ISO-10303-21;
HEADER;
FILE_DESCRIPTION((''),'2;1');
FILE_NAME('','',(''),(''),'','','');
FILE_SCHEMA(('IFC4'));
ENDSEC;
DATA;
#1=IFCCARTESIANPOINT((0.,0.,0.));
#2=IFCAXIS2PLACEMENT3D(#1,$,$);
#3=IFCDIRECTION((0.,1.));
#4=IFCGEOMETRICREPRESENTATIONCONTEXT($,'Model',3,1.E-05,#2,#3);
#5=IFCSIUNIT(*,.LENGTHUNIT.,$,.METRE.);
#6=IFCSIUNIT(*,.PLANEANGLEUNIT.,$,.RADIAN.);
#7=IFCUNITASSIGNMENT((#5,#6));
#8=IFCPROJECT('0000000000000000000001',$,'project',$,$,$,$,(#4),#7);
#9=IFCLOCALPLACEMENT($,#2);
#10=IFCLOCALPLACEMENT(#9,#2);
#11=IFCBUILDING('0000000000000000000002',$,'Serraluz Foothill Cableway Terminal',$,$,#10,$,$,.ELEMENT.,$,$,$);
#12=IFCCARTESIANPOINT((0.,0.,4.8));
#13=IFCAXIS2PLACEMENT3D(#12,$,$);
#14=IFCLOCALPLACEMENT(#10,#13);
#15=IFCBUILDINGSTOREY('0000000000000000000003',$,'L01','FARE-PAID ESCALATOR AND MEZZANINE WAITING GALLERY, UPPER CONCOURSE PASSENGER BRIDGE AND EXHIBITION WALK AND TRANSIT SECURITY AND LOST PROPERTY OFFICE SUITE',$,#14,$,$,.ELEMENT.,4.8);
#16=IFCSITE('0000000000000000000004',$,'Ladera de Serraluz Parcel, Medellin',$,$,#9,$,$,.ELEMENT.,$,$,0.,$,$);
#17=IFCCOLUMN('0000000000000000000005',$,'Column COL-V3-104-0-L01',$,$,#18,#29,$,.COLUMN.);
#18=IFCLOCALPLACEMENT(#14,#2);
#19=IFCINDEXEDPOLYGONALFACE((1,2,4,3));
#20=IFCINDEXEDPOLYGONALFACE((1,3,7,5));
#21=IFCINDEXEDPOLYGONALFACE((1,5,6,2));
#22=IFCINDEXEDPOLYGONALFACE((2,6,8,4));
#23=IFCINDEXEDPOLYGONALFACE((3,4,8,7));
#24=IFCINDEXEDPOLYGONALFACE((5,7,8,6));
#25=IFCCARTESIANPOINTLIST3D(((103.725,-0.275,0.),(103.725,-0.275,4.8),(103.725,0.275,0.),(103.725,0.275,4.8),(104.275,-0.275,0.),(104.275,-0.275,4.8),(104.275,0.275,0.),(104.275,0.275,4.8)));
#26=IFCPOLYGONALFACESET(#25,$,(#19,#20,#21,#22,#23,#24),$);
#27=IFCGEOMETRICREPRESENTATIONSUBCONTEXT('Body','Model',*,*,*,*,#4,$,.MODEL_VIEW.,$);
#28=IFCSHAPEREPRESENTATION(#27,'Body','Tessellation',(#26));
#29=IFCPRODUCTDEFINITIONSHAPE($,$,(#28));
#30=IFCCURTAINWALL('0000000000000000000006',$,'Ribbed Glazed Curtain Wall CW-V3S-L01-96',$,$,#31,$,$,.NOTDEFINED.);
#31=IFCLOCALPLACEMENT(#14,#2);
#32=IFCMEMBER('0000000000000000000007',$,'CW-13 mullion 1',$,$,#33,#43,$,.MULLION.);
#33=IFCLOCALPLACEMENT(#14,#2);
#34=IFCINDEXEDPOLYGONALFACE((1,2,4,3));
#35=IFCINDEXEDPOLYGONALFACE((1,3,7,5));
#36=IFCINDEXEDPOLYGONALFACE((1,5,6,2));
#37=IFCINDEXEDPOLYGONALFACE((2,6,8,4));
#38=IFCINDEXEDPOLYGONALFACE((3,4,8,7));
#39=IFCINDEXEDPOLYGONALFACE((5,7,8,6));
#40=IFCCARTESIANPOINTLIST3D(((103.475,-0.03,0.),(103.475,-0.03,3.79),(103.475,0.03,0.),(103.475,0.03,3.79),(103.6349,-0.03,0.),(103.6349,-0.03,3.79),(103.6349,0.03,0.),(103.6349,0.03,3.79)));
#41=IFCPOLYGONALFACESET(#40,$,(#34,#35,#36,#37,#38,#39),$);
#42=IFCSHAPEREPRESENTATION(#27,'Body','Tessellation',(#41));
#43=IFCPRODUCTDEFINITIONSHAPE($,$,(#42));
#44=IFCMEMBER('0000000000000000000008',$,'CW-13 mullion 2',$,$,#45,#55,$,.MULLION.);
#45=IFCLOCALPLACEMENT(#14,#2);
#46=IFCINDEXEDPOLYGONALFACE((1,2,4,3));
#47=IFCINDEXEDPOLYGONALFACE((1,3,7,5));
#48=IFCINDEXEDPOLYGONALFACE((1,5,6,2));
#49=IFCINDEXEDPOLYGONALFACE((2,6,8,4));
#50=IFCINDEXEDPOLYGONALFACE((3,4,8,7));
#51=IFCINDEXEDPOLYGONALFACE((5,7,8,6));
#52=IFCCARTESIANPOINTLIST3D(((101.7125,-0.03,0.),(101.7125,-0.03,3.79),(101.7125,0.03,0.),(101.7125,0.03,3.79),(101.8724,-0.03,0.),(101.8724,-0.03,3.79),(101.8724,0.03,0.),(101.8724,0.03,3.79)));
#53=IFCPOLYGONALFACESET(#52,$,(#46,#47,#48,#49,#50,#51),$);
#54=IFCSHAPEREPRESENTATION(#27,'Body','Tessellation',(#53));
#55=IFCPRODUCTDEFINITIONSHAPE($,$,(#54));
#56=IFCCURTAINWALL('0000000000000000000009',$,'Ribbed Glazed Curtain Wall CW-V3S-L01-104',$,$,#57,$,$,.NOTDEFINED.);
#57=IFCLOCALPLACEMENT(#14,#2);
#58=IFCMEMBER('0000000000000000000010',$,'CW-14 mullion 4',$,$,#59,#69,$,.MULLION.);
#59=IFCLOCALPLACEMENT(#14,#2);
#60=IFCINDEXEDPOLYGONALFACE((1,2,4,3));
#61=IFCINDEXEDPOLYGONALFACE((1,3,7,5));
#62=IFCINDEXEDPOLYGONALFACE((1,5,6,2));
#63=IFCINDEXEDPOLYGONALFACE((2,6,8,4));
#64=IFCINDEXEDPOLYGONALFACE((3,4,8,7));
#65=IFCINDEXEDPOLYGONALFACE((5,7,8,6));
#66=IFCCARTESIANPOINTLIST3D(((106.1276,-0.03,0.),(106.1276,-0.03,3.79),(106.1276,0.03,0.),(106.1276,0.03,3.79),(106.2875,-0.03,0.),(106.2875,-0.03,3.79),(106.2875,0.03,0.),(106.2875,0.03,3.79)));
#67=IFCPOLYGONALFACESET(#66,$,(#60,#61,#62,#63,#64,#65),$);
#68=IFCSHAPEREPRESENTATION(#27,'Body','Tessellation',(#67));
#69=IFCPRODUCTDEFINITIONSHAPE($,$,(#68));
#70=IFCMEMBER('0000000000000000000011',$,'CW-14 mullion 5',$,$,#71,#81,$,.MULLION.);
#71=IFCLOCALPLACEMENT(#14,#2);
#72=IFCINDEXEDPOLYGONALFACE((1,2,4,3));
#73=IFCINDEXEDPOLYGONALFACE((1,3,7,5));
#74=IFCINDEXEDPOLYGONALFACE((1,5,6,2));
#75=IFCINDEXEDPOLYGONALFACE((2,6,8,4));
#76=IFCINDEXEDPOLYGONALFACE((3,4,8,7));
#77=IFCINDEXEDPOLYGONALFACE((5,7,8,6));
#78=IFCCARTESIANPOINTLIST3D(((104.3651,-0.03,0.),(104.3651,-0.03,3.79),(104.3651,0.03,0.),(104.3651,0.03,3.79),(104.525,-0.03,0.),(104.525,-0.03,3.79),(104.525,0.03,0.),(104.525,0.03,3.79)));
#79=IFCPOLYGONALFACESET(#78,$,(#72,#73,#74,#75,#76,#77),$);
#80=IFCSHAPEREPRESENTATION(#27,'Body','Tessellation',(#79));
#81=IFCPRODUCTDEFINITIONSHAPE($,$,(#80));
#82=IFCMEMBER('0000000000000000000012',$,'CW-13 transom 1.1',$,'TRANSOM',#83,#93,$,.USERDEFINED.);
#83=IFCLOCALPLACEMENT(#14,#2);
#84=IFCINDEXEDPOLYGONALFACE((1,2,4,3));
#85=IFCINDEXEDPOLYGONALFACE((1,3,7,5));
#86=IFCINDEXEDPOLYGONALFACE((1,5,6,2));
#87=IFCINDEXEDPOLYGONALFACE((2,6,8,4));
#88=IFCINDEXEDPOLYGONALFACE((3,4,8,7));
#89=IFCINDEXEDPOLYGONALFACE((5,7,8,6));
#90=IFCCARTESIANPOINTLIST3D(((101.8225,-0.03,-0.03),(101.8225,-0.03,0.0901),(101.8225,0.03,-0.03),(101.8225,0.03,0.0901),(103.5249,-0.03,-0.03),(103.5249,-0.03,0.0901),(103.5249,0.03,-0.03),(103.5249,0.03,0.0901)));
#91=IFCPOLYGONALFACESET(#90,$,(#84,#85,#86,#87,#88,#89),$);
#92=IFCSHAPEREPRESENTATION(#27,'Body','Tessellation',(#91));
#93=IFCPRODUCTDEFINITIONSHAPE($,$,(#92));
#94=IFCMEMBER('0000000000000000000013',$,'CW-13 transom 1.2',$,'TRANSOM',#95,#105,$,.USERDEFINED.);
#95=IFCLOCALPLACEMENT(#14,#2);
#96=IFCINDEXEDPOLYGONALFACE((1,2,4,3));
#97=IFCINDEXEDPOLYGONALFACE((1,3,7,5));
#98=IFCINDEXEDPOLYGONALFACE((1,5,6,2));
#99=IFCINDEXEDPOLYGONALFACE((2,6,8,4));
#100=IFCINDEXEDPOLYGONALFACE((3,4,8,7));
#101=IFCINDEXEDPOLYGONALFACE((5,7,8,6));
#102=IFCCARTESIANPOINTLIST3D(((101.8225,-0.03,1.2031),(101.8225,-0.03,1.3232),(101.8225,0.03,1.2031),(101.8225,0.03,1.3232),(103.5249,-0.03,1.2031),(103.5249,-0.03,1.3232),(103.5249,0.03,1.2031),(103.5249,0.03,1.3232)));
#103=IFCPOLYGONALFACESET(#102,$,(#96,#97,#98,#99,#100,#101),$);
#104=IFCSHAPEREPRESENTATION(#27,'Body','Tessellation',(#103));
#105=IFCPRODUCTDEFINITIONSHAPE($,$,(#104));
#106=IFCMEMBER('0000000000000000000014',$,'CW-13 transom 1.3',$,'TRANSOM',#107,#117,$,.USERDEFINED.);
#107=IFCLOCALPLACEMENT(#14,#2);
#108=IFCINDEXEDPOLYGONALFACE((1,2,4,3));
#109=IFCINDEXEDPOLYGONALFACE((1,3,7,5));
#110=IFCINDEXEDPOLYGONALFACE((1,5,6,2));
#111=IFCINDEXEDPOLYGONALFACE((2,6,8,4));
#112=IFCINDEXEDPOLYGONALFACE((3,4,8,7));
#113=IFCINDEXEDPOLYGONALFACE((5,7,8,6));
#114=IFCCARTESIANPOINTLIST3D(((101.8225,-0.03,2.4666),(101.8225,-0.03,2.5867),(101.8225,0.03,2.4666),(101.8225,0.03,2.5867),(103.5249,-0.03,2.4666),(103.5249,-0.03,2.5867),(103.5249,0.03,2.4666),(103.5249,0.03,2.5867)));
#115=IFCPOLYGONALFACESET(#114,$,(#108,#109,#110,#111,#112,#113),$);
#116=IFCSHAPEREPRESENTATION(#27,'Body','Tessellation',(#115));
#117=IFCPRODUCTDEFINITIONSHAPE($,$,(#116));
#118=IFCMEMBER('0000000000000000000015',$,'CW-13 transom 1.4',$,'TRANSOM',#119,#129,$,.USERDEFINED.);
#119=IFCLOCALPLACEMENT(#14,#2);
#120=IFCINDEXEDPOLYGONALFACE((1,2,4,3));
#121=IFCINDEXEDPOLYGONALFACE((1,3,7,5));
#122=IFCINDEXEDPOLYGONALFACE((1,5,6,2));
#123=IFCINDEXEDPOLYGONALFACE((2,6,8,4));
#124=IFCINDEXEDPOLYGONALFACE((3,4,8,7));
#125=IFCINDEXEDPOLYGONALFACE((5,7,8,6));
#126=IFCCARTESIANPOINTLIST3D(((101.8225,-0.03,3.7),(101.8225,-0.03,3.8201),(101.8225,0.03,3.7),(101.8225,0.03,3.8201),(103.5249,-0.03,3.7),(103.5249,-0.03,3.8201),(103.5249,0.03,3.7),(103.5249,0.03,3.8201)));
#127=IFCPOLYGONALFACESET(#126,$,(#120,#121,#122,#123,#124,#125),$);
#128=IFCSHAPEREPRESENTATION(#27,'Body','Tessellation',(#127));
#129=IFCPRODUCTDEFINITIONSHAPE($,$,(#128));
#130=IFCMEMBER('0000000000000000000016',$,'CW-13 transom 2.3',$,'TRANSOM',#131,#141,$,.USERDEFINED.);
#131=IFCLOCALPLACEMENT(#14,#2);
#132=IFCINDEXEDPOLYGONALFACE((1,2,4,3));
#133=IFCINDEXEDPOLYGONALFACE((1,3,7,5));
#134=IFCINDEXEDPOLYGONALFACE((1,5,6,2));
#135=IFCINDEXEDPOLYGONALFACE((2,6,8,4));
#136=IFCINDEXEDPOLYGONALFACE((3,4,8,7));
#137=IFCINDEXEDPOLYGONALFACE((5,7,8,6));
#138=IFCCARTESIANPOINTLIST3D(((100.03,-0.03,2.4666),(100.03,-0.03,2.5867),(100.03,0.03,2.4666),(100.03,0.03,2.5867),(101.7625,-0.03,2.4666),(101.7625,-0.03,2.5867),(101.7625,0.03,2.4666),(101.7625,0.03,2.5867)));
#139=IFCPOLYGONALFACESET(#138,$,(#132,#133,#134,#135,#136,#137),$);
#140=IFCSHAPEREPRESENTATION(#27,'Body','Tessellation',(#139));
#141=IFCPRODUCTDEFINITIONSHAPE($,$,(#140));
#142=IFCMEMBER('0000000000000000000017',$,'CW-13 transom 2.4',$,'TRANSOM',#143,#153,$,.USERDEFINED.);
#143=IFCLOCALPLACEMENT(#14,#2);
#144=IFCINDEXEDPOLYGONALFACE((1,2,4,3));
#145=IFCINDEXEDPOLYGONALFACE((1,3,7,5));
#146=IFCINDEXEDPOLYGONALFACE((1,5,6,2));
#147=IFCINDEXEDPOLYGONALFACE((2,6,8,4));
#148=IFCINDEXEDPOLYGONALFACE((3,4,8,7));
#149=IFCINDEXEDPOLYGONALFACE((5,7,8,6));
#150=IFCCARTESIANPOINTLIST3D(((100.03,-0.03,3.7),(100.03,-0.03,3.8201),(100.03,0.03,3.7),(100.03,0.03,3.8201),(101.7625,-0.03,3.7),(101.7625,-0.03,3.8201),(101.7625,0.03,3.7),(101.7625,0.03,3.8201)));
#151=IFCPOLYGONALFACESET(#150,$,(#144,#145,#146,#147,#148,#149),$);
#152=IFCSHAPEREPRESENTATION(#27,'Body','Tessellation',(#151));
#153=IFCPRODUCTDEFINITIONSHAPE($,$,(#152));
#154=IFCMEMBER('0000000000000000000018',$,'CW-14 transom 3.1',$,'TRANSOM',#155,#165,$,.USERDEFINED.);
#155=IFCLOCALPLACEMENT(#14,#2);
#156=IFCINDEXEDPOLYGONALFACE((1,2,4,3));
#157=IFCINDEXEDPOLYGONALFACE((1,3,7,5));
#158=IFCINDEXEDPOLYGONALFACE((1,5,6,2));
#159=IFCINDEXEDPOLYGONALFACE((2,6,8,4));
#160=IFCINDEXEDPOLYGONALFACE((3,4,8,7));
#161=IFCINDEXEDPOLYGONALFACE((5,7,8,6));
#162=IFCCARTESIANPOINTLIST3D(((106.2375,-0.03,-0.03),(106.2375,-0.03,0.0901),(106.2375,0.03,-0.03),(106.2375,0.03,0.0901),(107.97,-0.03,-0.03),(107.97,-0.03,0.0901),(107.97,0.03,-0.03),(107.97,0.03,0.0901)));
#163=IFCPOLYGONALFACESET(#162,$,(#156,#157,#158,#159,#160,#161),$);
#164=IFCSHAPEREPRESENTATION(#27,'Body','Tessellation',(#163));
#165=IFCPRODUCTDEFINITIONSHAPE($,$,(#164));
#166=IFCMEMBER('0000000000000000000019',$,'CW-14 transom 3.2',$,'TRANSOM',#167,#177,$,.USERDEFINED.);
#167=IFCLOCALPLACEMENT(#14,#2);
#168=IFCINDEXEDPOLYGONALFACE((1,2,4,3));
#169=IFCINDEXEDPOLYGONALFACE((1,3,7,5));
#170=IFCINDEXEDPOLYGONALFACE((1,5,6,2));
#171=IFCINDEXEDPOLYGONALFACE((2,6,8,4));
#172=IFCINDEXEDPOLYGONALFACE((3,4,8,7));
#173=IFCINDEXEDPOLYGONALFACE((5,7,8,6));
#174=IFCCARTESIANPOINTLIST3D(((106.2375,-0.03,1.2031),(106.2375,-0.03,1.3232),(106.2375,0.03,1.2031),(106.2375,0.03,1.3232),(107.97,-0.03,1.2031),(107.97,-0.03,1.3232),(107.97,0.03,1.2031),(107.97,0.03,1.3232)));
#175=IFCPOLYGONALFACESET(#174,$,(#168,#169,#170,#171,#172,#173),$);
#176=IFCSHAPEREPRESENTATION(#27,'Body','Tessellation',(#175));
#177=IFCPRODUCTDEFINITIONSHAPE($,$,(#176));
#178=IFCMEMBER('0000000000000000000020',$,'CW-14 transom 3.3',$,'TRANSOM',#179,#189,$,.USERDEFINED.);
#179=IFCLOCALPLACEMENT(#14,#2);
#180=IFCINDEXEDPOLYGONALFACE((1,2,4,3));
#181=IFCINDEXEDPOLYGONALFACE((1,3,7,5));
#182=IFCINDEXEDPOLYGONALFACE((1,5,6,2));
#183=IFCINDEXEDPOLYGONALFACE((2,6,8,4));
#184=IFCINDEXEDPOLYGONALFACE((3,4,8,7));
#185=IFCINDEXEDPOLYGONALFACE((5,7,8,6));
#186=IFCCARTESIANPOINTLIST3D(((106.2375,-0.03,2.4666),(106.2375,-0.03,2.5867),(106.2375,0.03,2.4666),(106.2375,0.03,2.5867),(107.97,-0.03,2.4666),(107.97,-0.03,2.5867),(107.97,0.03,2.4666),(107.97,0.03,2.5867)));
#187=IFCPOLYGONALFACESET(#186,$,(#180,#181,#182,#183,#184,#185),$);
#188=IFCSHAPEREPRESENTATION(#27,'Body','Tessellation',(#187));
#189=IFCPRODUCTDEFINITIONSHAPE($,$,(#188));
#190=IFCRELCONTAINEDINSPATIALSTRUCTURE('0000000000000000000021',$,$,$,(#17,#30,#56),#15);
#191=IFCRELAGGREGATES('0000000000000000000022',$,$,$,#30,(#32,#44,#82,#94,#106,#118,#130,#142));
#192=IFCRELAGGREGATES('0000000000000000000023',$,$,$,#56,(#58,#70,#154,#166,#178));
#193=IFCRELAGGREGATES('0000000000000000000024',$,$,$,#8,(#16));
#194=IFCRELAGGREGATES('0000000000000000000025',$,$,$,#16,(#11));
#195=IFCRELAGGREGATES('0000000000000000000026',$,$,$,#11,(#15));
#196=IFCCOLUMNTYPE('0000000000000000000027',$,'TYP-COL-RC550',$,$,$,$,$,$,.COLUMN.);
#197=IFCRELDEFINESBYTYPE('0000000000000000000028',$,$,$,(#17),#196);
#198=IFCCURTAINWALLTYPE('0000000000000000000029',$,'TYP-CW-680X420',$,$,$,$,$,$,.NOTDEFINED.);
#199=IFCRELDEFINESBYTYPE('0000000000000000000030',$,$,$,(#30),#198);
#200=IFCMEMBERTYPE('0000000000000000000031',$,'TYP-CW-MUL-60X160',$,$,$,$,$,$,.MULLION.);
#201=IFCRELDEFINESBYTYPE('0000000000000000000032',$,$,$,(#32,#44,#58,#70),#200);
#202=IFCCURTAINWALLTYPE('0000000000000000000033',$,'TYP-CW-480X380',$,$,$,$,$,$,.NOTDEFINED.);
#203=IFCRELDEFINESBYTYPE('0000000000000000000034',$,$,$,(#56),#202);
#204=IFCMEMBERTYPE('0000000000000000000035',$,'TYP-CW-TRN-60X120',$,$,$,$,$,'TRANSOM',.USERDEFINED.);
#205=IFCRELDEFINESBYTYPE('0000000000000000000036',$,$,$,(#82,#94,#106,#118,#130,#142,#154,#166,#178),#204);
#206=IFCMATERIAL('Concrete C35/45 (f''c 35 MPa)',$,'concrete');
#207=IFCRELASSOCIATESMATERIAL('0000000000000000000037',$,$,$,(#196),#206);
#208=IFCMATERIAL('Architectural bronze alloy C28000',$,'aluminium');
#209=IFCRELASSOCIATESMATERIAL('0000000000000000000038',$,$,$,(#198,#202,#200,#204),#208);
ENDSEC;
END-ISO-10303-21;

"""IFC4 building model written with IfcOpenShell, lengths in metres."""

from ifc_helpers import new_model, si_unit, direction, frame, origin, origin_2d, place, context, subcontext, project, spatial, rectangle, extrude, material, material_profile, profile_set, type_object, element, aggregate, save


model = new_model("IFC4")

# Units and contexts
model_context = context("Model", 3, precision=1e-05, world=origin(), true_north=direction((0.0, 1.0)))
body_context = subcontext(model_context, "Body", "Model", "MODEL_VIEW")
ifc_project = project(units=[si_unit("LENGTHUNIT", "METRE"), si_unit("PLANEANGLEUNIT", "RADIAN")], contexts=[model_context])

# Site, building, storey
site_placement = place(None, origin())
site = spatial("IfcSite", under=ifc_project, at=site_placement, Name="Ladera de Serraluz Parcel, Medellin", CompositionType="ELEMENT", RefElevation=0.0)
building_placement = place(site_placement, origin())
building = spatial("IfcBuilding", under=site, at=building_placement, Name="Serraluz Foothill Cableway Terminal", CompositionType="ELEMENT")
storey_placement = place(building_placement, frame((0.0, 0.0, 4.8)))
storey = spatial("IfcBuildingStorey", under=building, at=storey_placement, Name="L01", Description="FARE-PAID ESCALATOR AND MEZZANINE WAITING GALLERY, UPPER CONCOURSE PASSENGER BRIDGE AND EXHIBITION WALK AND TRANSIT SECURITY AND LOST PROPERTY OFFICE SUITE", CompositionType="ELEMENT", Elevation=4.8)

# Column
ifc_material_1 = material(Name="Concrete C35/45 (f'c 35 MPa)", Category="concrete")
ifc_material_profile_1 = material_profile(ifc_material_1, rectangle(XDim=0.55, YDim=0.55, at=origin_2d()), Name="RC 550x550")
ifc_profile_set_1 = profile_set([ifc_material_profile_1], Name="Concrete C35/45 (f'c 35 MPa)")
column_type = type_object("IfcColumnType", Name="TYP-COL-RC550", PredefinedType="COLUMN", material=ifc_profile_set_1)
column_placement = place(storey_placement, frame((104.0, 0.0, 0.0), z_axis=(0.0, 0.0, 1.0), x_axis=(1.0, 0.0, 0.0)))
element("IfcColumn", 1, at=column_placement, inside=storey, type_object=column_type, Name="Column COL-V3-104-0-L01", PredefinedType="COLUMN", context=body_context, shape_type="SweptSolid", body=[
    extrude(rectangle(XDim=0.55, YDim=0.55, at=origin_2d()), origin(), (0.0, 0.0, 1.0), 4.8),
])

# Curtain walls, members
ifc_material_2 = material(Name="Architectural bronze alloy C28000", Category="aluminium")
curtain_wall_type_1 = type_object("IfcCurtainWallType", Name="TYP-CW-680X420", PredefinedType="NOTDEFINED", material=ifc_material_2)
curtain_wall_1_placement = place(storey_placement, origin())
curtain_wall_1 = element("IfcCurtainWall", 2, at=curtain_wall_1_placement, inside=storey, type_object=curtain_wall_type_1, Name="Ribbed Glazed Curtain Wall CW-V3S-L01-96", PredefinedType="NOTDEFINED")
ifc_material_profile_2 = material_profile(ifc_material_2, rectangle(XDim=0.0601, YDim=0.1599, at=origin_2d()), Name="ALU MULLION 60x160")
ifc_profile_set_2 = profile_set([ifc_material_profile_2], Name="Architectural bronze alloy C28000")
member_type_1 = type_object("IfcMemberType", Name="TYP-CW-MUL-60X160", PredefinedType="MULLION", material=ifc_profile_set_2)
member_1_placement = place(storey_placement, frame((103.5549, 0.0, 0.0), z_axis=(0.0, 0.0, 1.0), x_axis=(0.0, -1.0, 0.0)))
member_1 = element("IfcMember", 3, at=member_1_placement, type_object=member_type_1, Name="CW-13 mullion 1", PredefinedType="MULLION", context=body_context, shape_type="SweptSolid", body=[
    extrude(rectangle(XDim=0.0601, YDim=0.1599, at=origin_2d()), origin(), (0.0, 0.0, 1.0), 3.79),
])
member_2_placement = place(storey_placement, frame((101.7925, 0.0, 0.0), z_axis=(0.0, 0.0, 1.0), x_axis=(0.0, -1.0, 0.0)))
member_2 = element("IfcMember", 4, at=member_2_placement, type_object=member_type_1, Name="CW-13 mullion 2", PredefinedType="MULLION", context=body_context, shape_type="SweptSolid", body=[
    extrude(rectangle(XDim=0.0601, YDim=0.1599, at=origin_2d()), origin(), (0.0, 0.0, 1.0), 3.79),
])
curtain_wall_type_2 = type_object("IfcCurtainWallType", Name="TYP-CW-480X380", PredefinedType="NOTDEFINED", material=ifc_material_2)
curtain_wall_2_placement = place(storey_placement, origin())
curtain_wall_2 = element("IfcCurtainWall", 5, at=curtain_wall_2_placement, inside=storey, type_object=curtain_wall_type_2, Name="Ribbed Glazed Curtain Wall CW-V3S-L01-104", PredefinedType="NOTDEFINED")
member_3_placement = place(storey_placement, frame((106.2075, 0.0, 0.0), z_axis=(0.0, 0.0, 1.0), x_axis=(0.0, -1.0, 0.0)))
member_3 = element("IfcMember", 6, at=member_3_placement, type_object=member_type_1, Name="CW-14 mullion 4", PredefinedType="MULLION", context=body_context, shape_type="SweptSolid", body=[
    extrude(rectangle(XDim=0.0601, YDim=0.1599, at=origin_2d()), origin(), (0.0, 0.0, 1.0), 3.79),
])
member_4_placement = place(storey_placement, frame((104.4451, 0.0, 0.0), z_axis=(0.0, 0.0, 1.0), x_axis=(0.0, -1.0, 0.0)))
member_4 = element("IfcMember", 7, at=member_4_placement, type_object=member_type_1, Name="CW-14 mullion 5", PredefinedType="MULLION", context=body_context, shape_type="SweptSolid", body=[
    extrude(rectangle(XDim=0.0601, YDim=0.1599, at=origin_2d()), origin(), (0.0, 0.0, 1.0), 3.79),
])

# Members
ifc_material_profile_3 = material_profile(ifc_material_2, rectangle(XDim=0.0601, YDim=0.1201, at=origin_2d()), Name="ALU TRANSOM 60x120")
ifc_profile_set_3 = profile_set([ifc_material_profile_3], Name="Architectural bronze alloy C28000")
member_type_2 = type_object("IfcMemberType", Name="TYP-CW-TRN-60X120", ElementType="TRANSOM", PredefinedType="USERDEFINED", material=ifc_profile_set_3)
member_5_placement = place(storey_placement, frame((103.5249, 0.0, 0.03), z_axis=(-1.0, 0.0, 0.0), x_axis=(0.0, -1.0, 0.0)))
member_5 = element("IfcMember", 8, at=member_5_placement, type_object=member_type_2, Name="CW-13 transom 1.1", ObjectType="TRANSOM", PredefinedType="USERDEFINED", context=body_context, shape_type="SweptSolid", body=[
    extrude(rectangle(XDim=0.0601, YDim=0.1201, at=origin_2d()), origin(), (0.0, 0.0, 1.0), 1.7024),
])
member_6_placement = place(storey_placement, frame((103.5249, 0.0, 1.2632), z_axis=(-1.0, 0.0, 0.0), x_axis=(0.0, -1.0, 0.0)))
member_6 = element("IfcMember", 9, at=member_6_placement, type_object=member_type_2, Name="CW-13 transom 1.2", ObjectType="TRANSOM", PredefinedType="USERDEFINED", context=body_context, shape_type="SweptSolid", body=[
    extrude(rectangle(XDim=0.0601, YDim=0.1201, at=origin_2d()), origin(), (0.0, 0.0, 1.0), 1.7024),
])
member_7_placement = place(storey_placement, frame((103.5249, 0.0, 2.5266), z_axis=(-1.0, 0.0, 0.0), x_axis=(0.0, -1.0, 0.0)))
member_7 = element("IfcMember", 10, at=member_7_placement, type_object=member_type_2, Name="CW-13 transom 1.3", ObjectType="TRANSOM", PredefinedType="USERDEFINED", context=body_context, shape_type="SweptSolid", body=[
    extrude(rectangle(XDim=0.0601, YDim=0.1201, at=origin_2d()), origin(), (0.0, 0.0, 1.0), 1.7024),
])
member_8_placement = place(storey_placement, frame((103.5249, 0.0, 3.76), z_axis=(-1.0, 0.0, 0.0), x_axis=(0.0, -1.0, 0.0)))
member_8 = element("IfcMember", 11, at=member_8_placement, type_object=member_type_2, Name="CW-13 transom 1.4", ObjectType="TRANSOM", PredefinedType="USERDEFINED", context=body_context, shape_type="SweptSolid", body=[
    extrude(rectangle(XDim=0.0601, YDim=0.1201, at=origin_2d()), origin(), (0.0, 0.0, 1.0), 1.7024),
])
member_9_placement = place(storey_placement, frame((101.7625, 0.0, 2.5266), z_axis=(-1.0, 0.0, 0.0), x_axis=(0.0, -1.0, 0.0)))
member_9 = element("IfcMember", 12, at=member_9_placement, type_object=member_type_2, Name="CW-13 transom 2.3", ObjectType="TRANSOM", PredefinedType="USERDEFINED", context=body_context, shape_type="SweptSolid", body=[
    extrude(rectangle(XDim=0.0601, YDim=0.1201, at=origin_2d()), origin(), (0.0, 0.0, 1.0), 1.7324),
])
member_10_placement = place(storey_placement, frame((101.7625, 0.0, 3.76), z_axis=(-1.0, 0.0, 0.0), x_axis=(0.0, -1.0, 0.0)))
member_10 = element("IfcMember", 13, at=member_10_placement, type_object=member_type_2, Name="CW-13 transom 2.4", ObjectType="TRANSOM", PredefinedType="USERDEFINED", context=body_context, shape_type="SweptSolid", body=[
    extrude(rectangle(XDim=0.0601, YDim=0.1201, at=origin_2d()), origin(), (0.0, 0.0, 1.0), 1.7324),
])
member_11_placement = place(storey_placement, frame((107.97, 0.0, 0.03), z_axis=(-1.0, 0.0, 0.0), x_axis=(0.0, -1.0, 0.0)))
member_11 = element("IfcMember", 14, at=member_11_placement, type_object=member_type_2, Name="CW-14 transom 3.1", ObjectType="TRANSOM", PredefinedType="USERDEFINED", context=body_context, shape_type="SweptSolid", body=[
    extrude(rectangle(XDim=0.0601, YDim=0.1201, at=origin_2d()), origin(), (0.0, 0.0, 1.0), 1.7324),
])
member_12_placement = place(storey_placement, frame((107.97, 0.0, 1.2632), z_axis=(-1.0, 0.0, 0.0), x_axis=(0.0, -1.0, 0.0)))
member_12 = element("IfcMember", 15, at=member_12_placement, type_object=member_type_2, Name="CW-14 transom 3.2", ObjectType="TRANSOM", PredefinedType="USERDEFINED", context=body_context, shape_type="SweptSolid", body=[
    extrude(rectangle(XDim=0.0601, YDim=0.1201, at=origin_2d()), origin(), (0.0, 0.0, 1.0), 1.7324),
])
member_13_placement = place(storey_placement, frame((107.97, 0.0, 2.5266), z_axis=(-1.0, 0.0, 0.0), x_axis=(0.0, -1.0, 0.0)))
member_13 = element("IfcMember", 16, at=member_13_placement, type_object=member_type_2, Name="CW-14 transom 3.3", ObjectType="TRANSOM", PredefinedType="USERDEFINED", context=body_context, shape_type="SweptSolid", body=[
    extrude(rectangle(XDim=0.0601, YDim=0.1201, at=origin_2d()), origin(), (0.0, 0.0, 1.0), 1.7324),
])

aggregate(curtain_wall_1, [member_1, member_2, member_5, member_6, member_7, member_8, member_9, member_10])
aggregate(curtain_wall_2, [member_3, member_4, member_11, member_12, member_13])

save(model, "model.ifc")
